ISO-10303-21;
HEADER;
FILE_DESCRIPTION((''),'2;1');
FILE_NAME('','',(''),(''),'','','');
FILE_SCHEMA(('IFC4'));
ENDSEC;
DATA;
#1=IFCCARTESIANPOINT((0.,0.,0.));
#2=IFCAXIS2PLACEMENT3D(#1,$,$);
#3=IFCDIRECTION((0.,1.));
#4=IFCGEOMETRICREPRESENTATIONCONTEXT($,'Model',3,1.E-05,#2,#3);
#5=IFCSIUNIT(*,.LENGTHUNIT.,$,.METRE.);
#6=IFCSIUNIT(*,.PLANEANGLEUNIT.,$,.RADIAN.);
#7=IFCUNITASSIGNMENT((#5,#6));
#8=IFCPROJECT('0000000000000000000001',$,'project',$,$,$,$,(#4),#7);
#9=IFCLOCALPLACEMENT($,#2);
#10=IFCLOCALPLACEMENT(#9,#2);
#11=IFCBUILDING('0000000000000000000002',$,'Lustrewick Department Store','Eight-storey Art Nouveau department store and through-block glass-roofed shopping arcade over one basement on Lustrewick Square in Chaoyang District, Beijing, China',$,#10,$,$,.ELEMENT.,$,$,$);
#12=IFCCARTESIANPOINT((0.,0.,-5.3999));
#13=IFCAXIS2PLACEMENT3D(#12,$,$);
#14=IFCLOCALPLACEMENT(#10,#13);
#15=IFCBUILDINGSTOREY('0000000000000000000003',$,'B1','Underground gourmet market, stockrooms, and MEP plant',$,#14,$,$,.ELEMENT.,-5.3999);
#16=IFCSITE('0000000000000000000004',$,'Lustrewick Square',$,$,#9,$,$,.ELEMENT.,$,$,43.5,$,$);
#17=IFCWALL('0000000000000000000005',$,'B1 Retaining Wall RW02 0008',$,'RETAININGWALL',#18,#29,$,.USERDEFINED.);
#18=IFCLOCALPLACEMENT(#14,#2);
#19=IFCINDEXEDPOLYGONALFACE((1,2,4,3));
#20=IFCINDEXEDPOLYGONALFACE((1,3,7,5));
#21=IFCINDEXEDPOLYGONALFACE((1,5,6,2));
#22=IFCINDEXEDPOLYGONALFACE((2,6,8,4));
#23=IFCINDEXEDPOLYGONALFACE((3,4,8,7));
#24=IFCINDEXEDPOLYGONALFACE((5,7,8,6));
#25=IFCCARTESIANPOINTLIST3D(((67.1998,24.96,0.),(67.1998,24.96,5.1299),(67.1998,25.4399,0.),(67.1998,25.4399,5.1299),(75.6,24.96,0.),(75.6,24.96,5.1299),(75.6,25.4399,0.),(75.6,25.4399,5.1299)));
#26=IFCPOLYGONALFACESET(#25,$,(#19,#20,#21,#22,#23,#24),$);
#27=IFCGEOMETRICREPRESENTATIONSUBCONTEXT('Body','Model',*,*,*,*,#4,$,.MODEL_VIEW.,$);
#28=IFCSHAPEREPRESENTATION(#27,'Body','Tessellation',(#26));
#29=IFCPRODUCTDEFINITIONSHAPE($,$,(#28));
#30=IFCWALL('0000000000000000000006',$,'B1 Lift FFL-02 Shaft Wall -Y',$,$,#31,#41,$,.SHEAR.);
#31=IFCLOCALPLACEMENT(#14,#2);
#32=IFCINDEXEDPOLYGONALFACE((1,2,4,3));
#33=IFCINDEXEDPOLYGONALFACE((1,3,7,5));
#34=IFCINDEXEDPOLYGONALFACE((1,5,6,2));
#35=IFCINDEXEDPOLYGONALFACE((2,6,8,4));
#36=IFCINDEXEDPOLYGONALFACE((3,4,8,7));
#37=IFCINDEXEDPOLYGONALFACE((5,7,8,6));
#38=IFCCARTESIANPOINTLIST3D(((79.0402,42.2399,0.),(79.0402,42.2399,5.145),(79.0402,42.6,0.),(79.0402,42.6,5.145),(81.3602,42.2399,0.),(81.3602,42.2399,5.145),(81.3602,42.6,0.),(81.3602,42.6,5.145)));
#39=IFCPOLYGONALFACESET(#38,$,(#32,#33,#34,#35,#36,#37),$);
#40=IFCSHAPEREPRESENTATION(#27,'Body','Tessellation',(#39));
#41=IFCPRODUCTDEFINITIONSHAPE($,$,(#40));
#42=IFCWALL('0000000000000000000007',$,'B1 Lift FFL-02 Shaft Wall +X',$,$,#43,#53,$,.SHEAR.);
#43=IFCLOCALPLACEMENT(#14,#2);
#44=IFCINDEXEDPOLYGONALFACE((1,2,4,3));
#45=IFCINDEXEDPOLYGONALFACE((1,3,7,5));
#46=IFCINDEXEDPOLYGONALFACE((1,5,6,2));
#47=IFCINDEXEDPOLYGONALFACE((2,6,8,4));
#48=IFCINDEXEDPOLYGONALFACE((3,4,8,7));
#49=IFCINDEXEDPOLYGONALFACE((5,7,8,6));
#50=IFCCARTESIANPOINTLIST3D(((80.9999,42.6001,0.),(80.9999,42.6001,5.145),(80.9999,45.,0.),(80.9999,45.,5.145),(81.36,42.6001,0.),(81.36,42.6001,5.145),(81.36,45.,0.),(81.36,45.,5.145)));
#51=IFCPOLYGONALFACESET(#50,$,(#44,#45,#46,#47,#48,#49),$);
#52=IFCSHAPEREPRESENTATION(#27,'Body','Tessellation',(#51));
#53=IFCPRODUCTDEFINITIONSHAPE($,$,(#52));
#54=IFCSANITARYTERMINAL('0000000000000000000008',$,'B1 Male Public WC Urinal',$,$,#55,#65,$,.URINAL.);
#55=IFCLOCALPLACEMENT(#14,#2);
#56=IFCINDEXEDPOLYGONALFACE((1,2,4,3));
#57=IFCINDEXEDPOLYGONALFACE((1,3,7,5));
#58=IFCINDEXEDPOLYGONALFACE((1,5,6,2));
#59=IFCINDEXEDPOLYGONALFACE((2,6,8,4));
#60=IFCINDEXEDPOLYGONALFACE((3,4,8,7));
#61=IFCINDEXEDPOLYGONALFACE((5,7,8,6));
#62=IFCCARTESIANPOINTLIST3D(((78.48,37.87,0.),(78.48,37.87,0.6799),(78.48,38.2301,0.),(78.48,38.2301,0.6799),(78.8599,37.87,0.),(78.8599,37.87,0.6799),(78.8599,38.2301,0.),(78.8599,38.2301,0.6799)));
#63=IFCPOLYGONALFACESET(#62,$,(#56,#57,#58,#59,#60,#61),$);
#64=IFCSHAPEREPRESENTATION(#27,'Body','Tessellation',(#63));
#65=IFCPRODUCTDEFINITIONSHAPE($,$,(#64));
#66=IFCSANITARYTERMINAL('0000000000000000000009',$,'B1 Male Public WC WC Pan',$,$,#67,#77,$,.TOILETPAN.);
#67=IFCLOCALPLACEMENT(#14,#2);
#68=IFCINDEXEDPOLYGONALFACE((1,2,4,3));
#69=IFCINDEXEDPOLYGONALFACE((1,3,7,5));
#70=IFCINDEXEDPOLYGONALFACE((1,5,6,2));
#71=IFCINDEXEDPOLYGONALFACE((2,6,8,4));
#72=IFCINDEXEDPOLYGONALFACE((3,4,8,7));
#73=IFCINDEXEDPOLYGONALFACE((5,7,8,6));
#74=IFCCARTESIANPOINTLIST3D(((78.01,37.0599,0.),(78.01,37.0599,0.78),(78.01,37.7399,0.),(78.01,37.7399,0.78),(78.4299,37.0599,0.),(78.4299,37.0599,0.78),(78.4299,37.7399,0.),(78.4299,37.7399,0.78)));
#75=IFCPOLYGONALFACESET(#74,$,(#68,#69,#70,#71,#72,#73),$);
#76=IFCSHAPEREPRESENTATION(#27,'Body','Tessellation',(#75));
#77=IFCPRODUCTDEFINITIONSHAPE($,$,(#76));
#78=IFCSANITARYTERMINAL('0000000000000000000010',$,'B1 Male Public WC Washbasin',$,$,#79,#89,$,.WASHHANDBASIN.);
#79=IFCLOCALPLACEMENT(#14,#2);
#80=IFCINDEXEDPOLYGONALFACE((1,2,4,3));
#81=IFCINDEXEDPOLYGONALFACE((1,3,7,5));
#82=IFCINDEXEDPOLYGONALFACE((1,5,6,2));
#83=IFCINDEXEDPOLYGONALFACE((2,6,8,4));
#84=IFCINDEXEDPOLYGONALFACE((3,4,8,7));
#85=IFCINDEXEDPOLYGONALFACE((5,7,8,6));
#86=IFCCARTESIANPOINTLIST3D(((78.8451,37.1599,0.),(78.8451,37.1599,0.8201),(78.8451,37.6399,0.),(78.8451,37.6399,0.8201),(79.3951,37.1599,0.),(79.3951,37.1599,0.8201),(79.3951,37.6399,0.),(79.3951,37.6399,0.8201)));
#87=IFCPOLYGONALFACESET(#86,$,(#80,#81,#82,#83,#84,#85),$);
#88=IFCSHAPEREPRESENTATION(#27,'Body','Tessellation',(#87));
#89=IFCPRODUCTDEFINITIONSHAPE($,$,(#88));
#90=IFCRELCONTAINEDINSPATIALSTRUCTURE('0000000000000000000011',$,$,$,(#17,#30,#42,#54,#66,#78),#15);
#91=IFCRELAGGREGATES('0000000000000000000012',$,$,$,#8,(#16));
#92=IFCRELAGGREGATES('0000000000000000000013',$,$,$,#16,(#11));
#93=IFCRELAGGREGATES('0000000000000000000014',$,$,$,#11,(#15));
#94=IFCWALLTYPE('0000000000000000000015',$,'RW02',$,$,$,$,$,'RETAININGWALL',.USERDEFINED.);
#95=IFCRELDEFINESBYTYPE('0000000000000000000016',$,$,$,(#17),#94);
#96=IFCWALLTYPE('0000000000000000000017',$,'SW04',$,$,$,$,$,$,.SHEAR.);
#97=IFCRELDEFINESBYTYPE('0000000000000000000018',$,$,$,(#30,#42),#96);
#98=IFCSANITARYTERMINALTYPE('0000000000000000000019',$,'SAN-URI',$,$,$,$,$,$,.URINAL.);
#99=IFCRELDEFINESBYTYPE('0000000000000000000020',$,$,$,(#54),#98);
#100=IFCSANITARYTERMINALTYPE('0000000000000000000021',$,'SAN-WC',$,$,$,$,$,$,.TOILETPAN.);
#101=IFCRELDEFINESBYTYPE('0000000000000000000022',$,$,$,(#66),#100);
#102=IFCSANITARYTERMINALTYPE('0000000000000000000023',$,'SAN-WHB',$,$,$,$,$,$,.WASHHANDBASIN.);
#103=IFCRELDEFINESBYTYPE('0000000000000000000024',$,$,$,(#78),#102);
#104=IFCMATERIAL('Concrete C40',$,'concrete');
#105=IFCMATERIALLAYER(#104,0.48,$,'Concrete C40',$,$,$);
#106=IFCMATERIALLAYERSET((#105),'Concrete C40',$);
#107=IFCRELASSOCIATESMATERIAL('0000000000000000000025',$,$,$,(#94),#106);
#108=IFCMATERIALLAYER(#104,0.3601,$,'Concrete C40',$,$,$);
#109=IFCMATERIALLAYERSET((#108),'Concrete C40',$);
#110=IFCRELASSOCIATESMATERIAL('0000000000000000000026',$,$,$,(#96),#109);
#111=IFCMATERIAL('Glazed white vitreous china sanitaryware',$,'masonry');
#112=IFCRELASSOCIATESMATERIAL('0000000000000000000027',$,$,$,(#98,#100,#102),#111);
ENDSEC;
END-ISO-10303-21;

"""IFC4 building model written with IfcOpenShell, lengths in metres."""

from ifc_helpers import new_model, si_unit, direction, frame, frame_2d, origin, origin_2d, place, context, subcontext, project, spatial, rectangle, extrude, material, layer, layer_set, type_object, element, save


model = new_model("IFC4")

# Units and contexts
model_context = context("Model", 3, precision=1e-05, world=origin(), true_north=direction((0.0, 1.0)))
body_context = subcontext(model_context, "Body", "Model", "MODEL_VIEW")
ifc_project = project(units=[si_unit("LENGTHUNIT", "METRE"), si_unit("PLANEANGLEUNIT", "RADIAN")], contexts=[model_context])

# Site, building, storey
site_placement = place(None, origin())
site = spatial("IfcSite", under=ifc_project, at=site_placement, Name="Lustrewick Square", CompositionType="ELEMENT", RefElevation=43.5)
building_placement = place(site_placement, origin())
building = spatial("IfcBuilding", under=site, at=building_placement, Name="Lustrewick Department Store", Description="Eight-storey Art Nouveau department store and through-block glass-roofed shopping arcade over one basement on Lustrewick Square in Chaoyang District, Beijing, China", CompositionType="ELEMENT")
storey_placement = place(building_placement, frame((0.0, 0.0, -5.3999)))
storey = spatial("IfcBuildingStorey", under=building, at=storey_placement, Name="B1", Description="Underground gourmet market, stockrooms, and MEP plant", CompositionType="ELEMENT", Elevation=-5.3999)

# Shared definitions
ifc_material_1 = material(Name="Concrete C40", Category="concrete")

# Walls
ifc_layer_1 = layer(ifc_material_1, 0.48, Name="Concrete C40")
ifc_layer_set_1 = layer_set([ifc_layer_1], Name="Concrete C40")
wall_type_1 = type_object("IfcWallType", Name="RW02", ElementType="RETAININGWALL", PredefinedType="USERDEFINED", material=ifc_layer_set_1)
wall_1_placement = place(storey_placement, frame((75.6001, 25.2, 0.0), z_axis=(0.0, 0.0, 1.0), x_axis=(-1.0, 0.0, 0.0)))
element("IfcWall", 1, at=wall_1_placement, inside=storey, type_object=wall_type_1, Name="B1 Retaining Wall RW02 0008", ObjectType="RETAININGWALL", PredefinedType="USERDEFINED", context=body_context, shape_type="SweptSolid", body=[
    extrude(rectangle(XDim=8.4001, YDim=0.48, at=frame_2d((4.2002, 0.0))), origin(), (0.0, 0.0, 1.0), 5.1299),
])
ifc_layer_2 = layer(ifc_material_1, 0.3601, Name="Concrete C40")
ifc_layer_set_2 = layer_set([ifc_layer_2], Name="Concrete C40")
wall_type_2 = type_object("IfcWallType", Name="SW04", PredefinedType="SHEAR", material=ifc_layer_set_2)
wall_2_placement = place(storey_placement, frame((79.04, 42.4199, 0.0), z_axis=(0.0, 0.0, 1.0), x_axis=(1.0, 0.0, 0.0)))
element("IfcWall", 2, at=wall_2_placement, inside=storey, type_object=wall_type_2, Name="B1 Lift FFL-02 Shaft Wall -Y", PredefinedType="SHEAR", context=body_context, shape_type="SweptSolid", body=[
    extrude(rectangle(XDim=2.3201, YDim=0.3601, at=frame_2d((1.1602, 0.0))), origin(), (0.0, 0.0, 1.0), 5.145),
])
wall_3_placement = place(storey_placement, frame((81.1799, 42.6001, 0.0), z_axis=(0.0, 0.0, 1.0), x_axis=(0.0, 1.0, 0.0)))
element("IfcWall", 3, at=wall_3_placement, inside=storey, type_object=wall_type_2, Name="B1 Lift FFL-02 Shaft Wall +X", PredefinedType="SHEAR", context=body_context, shape_type="SweptSolid", body=[
    extrude(rectangle(XDim=2.3999, YDim=0.3601, at=frame_2d((1.2, 0.0))), origin(), (0.0, 0.0, 1.0), 5.145),
])

# Sanitary terminals
ifc_material_2 = material(Name="Glazed white vitreous china sanitaryware", Category="masonry")
sanitary_terminal_type_1 = type_object("IfcSanitaryTerminalType", Name="SAN-URI", PredefinedType="URINAL", material=ifc_material_2)
sanitary_terminal_1_placement = place(storey_placement, frame((78.6699, 38.05, 0.0), z_axis=(0.0, 0.0, 1.0), x_axis=(1.0, 0.0, 0.0)))
element("IfcSanitaryTerminal", 4, at=sanitary_terminal_1_placement, inside=storey, type_object=sanitary_terminal_type_1, Name="B1 Male Public WC Urinal", PredefinedType="URINAL", context=body_context, shape_type="SweptSolid", body=[
    extrude(rectangle(XDim=0.3799, YDim=0.3601, at=origin_2d()), origin(), (0.0, 0.0, 1.0), 0.6799),
])
sanitary_terminal_type_2 = type_object("IfcSanitaryTerminalType", Name="SAN-WC", PredefinedType="TOILETPAN", material=ifc_material_2)
sanitary_terminal_2_placement = place(storey_placement, frame((78.22, 37.3999, 0.0), z_axis=(0.0, 0.0, 1.0), x_axis=(1.0, 0.0, 0.0)))
element("IfcSanitaryTerminal", 5, at=sanitary_terminal_2_placement, inside=storey, type_object=sanitary_terminal_type_2, Name="B1 Male Public WC WC Pan", PredefinedType="TOILETPAN", context=body_context, shape_type="SweptSolid", body=[
    extrude(rectangle(XDim=0.4199, YDim=0.6799, at=origin_2d()), origin(), (0.0, 0.0, 1.0), 0.78),
])
sanitary_terminal_type_3 = type_object("IfcSanitaryTerminalType", Name="SAN-WHB", PredefinedType="WASHHANDBASIN", material=ifc_material_2)
sanitary_terminal_3_placement = place(storey_placement, frame((79.1201, 37.3999, 0.0), z_axis=(0.0, 0.0, 1.0), x_axis=(1.0, 0.0, 0.0)))
element("IfcSanitaryTerminal", 6, at=sanitary_terminal_3_placement, inside=storey, type_object=sanitary_terminal_type_3, Name="B1 Male Public WC Washbasin", PredefinedType="WASHHANDBASIN", context=body_context, shape_type="SweptSolid", body=[
    extrude(rectangle(XDim=0.55, YDim=0.48, at=origin_2d()), origin(), (0.0, 0.0, 1.0), 0.8201),
])

save(model, "model.ifc")
